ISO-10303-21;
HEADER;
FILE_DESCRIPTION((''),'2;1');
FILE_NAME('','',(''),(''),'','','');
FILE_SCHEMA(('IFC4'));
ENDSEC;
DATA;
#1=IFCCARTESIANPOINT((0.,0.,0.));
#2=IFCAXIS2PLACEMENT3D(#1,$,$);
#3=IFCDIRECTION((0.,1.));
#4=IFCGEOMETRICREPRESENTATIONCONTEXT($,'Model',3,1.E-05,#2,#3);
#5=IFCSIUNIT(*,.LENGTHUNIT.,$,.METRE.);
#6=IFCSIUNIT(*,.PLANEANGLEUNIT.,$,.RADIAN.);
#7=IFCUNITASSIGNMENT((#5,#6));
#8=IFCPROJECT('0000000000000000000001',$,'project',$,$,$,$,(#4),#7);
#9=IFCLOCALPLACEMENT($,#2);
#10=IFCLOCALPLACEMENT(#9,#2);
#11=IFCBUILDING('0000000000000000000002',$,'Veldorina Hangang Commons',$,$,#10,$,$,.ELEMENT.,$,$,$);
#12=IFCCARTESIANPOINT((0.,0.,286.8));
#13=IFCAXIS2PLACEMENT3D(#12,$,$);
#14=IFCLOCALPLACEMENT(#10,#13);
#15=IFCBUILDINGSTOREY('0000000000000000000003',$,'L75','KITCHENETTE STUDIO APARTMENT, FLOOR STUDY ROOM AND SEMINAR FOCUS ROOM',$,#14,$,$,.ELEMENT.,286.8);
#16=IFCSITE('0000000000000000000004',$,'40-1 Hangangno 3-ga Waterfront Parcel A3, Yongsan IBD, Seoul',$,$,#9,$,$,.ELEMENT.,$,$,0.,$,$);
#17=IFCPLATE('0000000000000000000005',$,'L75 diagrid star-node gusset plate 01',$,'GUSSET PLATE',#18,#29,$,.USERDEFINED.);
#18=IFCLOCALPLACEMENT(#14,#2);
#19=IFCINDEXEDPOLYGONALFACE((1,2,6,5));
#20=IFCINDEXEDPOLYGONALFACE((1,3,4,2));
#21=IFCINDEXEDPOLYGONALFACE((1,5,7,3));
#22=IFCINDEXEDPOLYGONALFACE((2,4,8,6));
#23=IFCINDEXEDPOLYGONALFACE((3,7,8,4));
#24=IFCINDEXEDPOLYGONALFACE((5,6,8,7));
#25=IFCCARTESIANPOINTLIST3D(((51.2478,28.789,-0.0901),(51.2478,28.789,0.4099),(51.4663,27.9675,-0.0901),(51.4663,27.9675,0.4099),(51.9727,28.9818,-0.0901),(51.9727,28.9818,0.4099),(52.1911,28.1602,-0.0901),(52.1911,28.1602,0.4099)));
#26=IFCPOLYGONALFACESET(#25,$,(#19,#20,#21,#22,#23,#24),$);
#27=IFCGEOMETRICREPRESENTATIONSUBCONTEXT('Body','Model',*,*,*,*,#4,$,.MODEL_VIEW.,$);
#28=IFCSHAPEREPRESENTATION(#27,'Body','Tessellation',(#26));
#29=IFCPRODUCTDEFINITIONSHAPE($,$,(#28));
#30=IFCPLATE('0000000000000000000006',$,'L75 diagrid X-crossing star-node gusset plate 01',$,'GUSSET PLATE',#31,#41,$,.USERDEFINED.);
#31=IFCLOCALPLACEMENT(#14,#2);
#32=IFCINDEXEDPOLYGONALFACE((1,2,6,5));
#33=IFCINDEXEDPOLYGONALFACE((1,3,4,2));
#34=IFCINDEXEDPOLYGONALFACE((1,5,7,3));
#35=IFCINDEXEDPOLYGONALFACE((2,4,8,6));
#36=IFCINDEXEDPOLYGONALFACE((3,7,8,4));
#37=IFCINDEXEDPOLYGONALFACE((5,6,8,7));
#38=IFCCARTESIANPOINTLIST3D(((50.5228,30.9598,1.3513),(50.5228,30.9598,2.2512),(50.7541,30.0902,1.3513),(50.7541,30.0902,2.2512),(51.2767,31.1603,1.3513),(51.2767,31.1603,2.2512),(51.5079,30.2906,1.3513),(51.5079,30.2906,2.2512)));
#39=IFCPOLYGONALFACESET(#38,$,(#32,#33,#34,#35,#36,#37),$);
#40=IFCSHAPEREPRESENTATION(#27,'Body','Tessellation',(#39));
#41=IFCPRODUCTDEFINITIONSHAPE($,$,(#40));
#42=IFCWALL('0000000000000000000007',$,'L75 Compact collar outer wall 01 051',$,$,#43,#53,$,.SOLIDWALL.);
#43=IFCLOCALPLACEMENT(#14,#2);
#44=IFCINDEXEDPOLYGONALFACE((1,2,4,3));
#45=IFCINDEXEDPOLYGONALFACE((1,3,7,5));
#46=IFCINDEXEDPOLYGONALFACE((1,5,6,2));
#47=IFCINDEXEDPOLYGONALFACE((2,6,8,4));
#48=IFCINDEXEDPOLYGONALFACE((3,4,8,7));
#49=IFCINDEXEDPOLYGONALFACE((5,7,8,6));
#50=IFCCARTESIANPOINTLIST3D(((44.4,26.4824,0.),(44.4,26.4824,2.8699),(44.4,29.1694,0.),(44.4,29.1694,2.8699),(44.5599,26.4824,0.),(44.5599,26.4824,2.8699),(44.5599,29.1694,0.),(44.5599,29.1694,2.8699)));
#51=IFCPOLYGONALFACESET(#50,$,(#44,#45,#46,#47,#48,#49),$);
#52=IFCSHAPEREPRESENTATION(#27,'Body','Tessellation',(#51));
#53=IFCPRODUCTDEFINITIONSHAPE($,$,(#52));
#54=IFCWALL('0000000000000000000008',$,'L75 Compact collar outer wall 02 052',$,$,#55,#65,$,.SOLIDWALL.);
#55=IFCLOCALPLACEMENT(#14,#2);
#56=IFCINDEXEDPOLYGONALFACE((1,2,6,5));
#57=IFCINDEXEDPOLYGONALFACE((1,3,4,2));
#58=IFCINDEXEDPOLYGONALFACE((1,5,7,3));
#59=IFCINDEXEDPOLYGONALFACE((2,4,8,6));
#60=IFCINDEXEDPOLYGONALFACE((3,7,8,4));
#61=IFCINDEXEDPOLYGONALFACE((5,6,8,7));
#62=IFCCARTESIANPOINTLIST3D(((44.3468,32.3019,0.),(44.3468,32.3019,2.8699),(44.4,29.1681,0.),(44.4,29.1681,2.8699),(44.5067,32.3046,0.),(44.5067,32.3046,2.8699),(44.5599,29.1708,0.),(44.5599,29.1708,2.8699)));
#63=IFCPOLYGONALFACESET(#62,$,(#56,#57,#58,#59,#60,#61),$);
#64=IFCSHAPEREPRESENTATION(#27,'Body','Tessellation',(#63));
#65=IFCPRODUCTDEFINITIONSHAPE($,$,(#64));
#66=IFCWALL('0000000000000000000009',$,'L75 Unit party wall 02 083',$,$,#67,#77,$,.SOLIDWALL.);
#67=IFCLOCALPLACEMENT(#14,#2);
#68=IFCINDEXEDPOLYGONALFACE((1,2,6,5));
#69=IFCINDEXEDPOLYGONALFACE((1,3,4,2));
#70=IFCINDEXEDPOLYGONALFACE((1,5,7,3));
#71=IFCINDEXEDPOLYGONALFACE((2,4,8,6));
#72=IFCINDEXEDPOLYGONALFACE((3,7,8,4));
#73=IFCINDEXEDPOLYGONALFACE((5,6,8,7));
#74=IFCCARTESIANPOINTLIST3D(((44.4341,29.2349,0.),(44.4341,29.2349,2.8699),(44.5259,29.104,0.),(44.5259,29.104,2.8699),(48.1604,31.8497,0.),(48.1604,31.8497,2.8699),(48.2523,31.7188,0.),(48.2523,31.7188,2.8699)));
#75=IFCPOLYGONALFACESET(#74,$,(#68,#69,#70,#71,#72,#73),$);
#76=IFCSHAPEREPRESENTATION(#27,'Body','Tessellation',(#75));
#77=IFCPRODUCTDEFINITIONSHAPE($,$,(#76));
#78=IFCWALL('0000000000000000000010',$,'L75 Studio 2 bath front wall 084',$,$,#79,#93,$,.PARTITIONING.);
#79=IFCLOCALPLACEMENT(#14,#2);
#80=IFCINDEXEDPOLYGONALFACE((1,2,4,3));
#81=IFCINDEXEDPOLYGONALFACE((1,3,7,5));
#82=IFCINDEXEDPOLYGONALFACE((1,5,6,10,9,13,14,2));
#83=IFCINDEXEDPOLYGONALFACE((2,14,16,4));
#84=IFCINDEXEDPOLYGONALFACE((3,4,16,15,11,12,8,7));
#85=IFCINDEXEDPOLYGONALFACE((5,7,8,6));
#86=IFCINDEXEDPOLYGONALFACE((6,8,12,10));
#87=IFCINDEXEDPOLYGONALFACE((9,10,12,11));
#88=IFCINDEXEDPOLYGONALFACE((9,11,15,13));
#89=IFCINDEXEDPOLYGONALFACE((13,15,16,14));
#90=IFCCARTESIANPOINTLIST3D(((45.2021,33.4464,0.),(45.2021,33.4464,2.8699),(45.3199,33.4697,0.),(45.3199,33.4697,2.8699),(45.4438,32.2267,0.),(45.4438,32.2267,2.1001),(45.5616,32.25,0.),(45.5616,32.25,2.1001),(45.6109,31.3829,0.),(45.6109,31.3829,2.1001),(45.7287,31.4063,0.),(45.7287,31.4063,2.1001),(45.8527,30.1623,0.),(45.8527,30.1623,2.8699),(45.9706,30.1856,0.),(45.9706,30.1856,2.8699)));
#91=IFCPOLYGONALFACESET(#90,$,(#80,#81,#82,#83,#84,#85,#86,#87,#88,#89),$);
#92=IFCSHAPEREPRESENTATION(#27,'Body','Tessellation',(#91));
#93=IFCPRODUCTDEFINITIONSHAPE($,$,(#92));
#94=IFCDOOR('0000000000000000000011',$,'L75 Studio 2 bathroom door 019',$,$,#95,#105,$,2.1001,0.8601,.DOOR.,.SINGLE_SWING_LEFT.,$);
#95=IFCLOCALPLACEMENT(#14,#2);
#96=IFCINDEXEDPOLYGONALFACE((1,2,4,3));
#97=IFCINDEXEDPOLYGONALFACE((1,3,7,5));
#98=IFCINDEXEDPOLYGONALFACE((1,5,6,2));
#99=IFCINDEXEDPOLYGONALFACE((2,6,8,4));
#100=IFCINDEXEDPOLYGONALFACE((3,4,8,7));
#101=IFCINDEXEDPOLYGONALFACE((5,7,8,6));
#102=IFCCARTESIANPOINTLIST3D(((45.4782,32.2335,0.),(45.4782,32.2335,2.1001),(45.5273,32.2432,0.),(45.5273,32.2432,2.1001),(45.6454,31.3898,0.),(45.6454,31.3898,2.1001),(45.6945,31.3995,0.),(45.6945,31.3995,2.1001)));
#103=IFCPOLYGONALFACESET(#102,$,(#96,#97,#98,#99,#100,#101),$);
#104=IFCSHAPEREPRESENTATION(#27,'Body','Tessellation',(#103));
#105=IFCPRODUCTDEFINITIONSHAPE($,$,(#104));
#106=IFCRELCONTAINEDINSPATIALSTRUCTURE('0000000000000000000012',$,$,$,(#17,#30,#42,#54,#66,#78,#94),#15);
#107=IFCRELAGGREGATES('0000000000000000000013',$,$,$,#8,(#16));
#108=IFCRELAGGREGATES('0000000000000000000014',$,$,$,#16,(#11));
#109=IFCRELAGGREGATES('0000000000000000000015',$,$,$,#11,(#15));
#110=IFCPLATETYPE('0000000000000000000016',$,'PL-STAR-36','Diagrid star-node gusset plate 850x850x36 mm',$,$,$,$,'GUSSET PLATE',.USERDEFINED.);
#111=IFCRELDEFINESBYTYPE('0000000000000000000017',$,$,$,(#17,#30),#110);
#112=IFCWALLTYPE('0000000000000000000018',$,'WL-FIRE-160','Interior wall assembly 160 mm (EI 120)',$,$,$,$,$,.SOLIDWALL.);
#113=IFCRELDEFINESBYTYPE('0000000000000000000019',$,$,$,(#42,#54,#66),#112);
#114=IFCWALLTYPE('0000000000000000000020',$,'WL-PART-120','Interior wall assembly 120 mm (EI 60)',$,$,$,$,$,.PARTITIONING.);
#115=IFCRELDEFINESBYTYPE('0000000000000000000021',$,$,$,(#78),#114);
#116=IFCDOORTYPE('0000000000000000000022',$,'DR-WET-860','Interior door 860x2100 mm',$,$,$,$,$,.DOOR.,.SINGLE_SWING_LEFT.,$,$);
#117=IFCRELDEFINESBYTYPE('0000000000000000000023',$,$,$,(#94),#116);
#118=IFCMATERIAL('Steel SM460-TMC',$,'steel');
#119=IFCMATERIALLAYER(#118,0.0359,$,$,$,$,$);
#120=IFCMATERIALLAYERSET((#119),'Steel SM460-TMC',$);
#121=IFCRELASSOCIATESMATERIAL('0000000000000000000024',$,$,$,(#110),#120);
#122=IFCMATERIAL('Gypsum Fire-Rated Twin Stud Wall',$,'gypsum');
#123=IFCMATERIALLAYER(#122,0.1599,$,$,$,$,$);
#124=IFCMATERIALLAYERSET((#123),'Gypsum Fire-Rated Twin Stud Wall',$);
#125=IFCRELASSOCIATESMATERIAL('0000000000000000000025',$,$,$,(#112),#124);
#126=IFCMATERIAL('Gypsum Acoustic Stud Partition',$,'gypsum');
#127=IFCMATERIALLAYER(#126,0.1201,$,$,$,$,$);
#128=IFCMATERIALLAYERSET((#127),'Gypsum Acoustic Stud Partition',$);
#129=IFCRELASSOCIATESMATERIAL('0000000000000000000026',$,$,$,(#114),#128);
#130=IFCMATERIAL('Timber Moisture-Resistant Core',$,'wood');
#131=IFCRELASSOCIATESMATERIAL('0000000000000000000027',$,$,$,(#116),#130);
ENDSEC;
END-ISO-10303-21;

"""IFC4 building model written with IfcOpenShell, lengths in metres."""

from ifc_helpers import new_model, si_unit, direction, frame, frame_2d, origin, origin_2d, place, context, subcontext, project, spatial, rectangle, extrude, material, layer, layer_set, type_object, element, fill, save


model = new_model("IFC4")

# Units and contexts
model_context = context("Model", 3, precision=1e-05, world=origin(), true_north=direction((0.0, 1.0)))
body_context = subcontext(model_context, "Body", "Model", "MODEL_VIEW")
ifc_project = project(units=[si_unit("LENGTHUNIT", "METRE"), si_unit("PLANEANGLEUNIT", "RADIAN")], contexts=[model_context])

# Site, building, storey
site_placement = place(None, origin())
site = spatial("IfcSite", under=ifc_project, at=site_placement, Name="40-1 Hangangno 3-ga Waterfront Parcel A3, Yongsan IBD, Seoul", CompositionType="ELEMENT", RefElevation=0.0)
building_placement = place(site_placement, origin())
building = spatial("IfcBuilding", under=site, at=building_placement, Name="Veldorina Hangang Commons", CompositionType="ELEMENT")
storey_placement = place(building_placement, frame((0.0, 0.0, 286.8)))
storey = spatial("IfcBuildingStorey", under=building, at=storey_placement, Name="L75", Description="KITCHENETTE STUDIO APARTMENT, FLOOR STUDY ROOM AND SEMINAR FOCUS ROOM", CompositionType="ELEMENT", Elevation=286.8)

# Plates
ifc_material_1 = material(Name="Steel SM460-TMC", Category="steel")
ifc_layer_1 = layer(ifc_material_1, 0.0359)
ifc_layer_set_1 = layer_set([ifc_layer_1], Name="Steel SM460-TMC")
plate_type_1 = type_object("IfcPlateType", Name="PL-STAR-36", Description="Diagrid star-node gusset plate 850x850x36 mm", ElementType="GUSSET PLATE", PredefinedType="USERDEFINED", material=ifc_layer_set_1)
for number, where, z_axis, x_axis, name in (
    (1, (51.7195, 28.4746, -0.0901), (0.0, 0.0, 1.0), (-0.256998, 0.966412, 0.0), "L75 diagrid star-node gusset plate 01"),
):
    element("IfcPlate", number, at=place(storey_placement, frame(where, z_axis=z_axis, x_axis=x_axis)), inside=storey, type_object=plate_type_1, Name=name, ObjectType="GUSSET PLATE", PredefinedType="USERDEFINED", context=body_context, shape_type="SweptSolid", body=[
        extrude(rectangle(XDim=0.8501, YDim=0.75, at=origin_2d()), origin(), (0.0, 0.0, 1.0), 0.5),
    ])
plate_1_placement = place(storey_placement, frame((51.0154, 30.6252, 1.3513), z_axis=(0.0, 0.0, 1.0), x_axis=(-0.256998, 0.966412, 0.0)))
element("IfcPlate", 2, at=plate_1_placement, inside=storey, type_object=plate_type_1, Name="L75 diagrid X-crossing star-node gusset plate 01", ObjectType="GUSSET PLATE", PredefinedType="USERDEFINED", context=body_context, shape_type="SweptSolid", body=[
    extrude(rectangle(XDim=0.8999, YDim=0.78, at=origin_2d()), origin(), (0.0, 0.0, 1.0), 0.8999),
])

# Walls
ifc_material_2 = material(Name="Gypsum Fire-Rated Twin Stud Wall", Category="gypsum")
ifc_layer_2 = layer(ifc_material_2, 0.1599)
ifc_layer_set_2 = layer_set([ifc_layer_2], Name="Gypsum Fire-Rated Twin Stud Wall")
wall_type_1 = type_object("IfcWallType", Name="WL-FIRE-160", Description="Interior wall assembly 160 mm (EI 120)", PredefinedType="SOLIDWALL", material=ifc_layer_set_2)
wall_1_placement = place(storey_placement, frame((44.48, 26.4824, 0.0), z_axis=(0.0, 0.0, 1.0), x_axis=(0.0, 1.0, 0.0)))
element("IfcWall", 3, at=wall_1_placement, inside=storey, type_object=wall_type_1, Name="L75 Compact collar outer wall 01 051", PredefinedType="SOLIDWALL", context=body_context, shape_type="SweptSolid", body=[
    extrude(rectangle(XDim=2.687, YDim=0.1599, at=frame_2d((1.3435, 0.0))), origin(), (0.0, 0.0, 1.0), 2.8699),
])
wall_2_placement = place(storey_placement, frame((44.48, 29.1694, 0.0), z_axis=(0.0, 0.0, 1.0), x_axis=(-0.016981, 0.999856, 0.0)))
element("IfcWall", 4, at=wall_2_placement, inside=storey, type_object=wall_type_1, Name="L75 Compact collar outer wall 02 052", PredefinedType="SOLIDWALL", context=body_context, shape_type="SweptSolid", body=[
    extrude(rectangle(XDim=3.1343, YDim=0.1599, at=frame_2d((1.5671, 0.0))), origin(), (0.0, 0.0, 1.0), 2.8699),
])
wall_3_placement = place(storey_placement, frame((44.48, 29.1694, 0.0), z_axis=(0.0, 0.0, 1.0), x_axis=(0.818579, 0.574394, 0.0)))
element("IfcWall", 5, at=wall_3_placement, inside=storey, type_object=wall_type_1, Name="L75 Unit party wall 02 083", PredefinedType="SOLIDWALL", context=body_context, shape_type="SweptSolid", body=[
    extrude(rectangle(XDim=4.5522, YDim=0.1599, at=frame_2d((2.2761, 0.0))), origin(), (0.0, 0.0, 1.0), 2.8699),
])

# Wall, opening, door
ifc_material_3 = material(Name="Gypsum Acoustic Stud Partition", Category="gypsum")
ifc_layer_3 = layer(ifc_material_3, 0.1201)
ifc_layer_set_3 = layer_set([ifc_layer_3], Name="Gypsum Acoustic Stud Partition")
wall_type_2 = type_object("IfcWallType", Name="WL-PART-120", Description="Interior wall assembly 120 mm (EI 60)", PredefinedType="PARTITIONING", material=ifc_layer_set_3)
wall_4_placement = place(storey_placement, frame((45.9116, 30.1741, 0.0), z_axis=(0.0, 0.0, 1.0), x_axis=(-0.194335, 0.980935, 0.0)))
wall_4 = element("IfcWall", 6, at=wall_4_placement, inside=storey, type_object=wall_type_2, Name="L75 Studio 2 bath front wall 084", PredefinedType="PARTITIONING", context=body_context, shape_type="SweptSolid", body=[
    extrude(rectangle(XDim=3.3479, YDim=0.1201, at=frame_2d((1.6738, 0.0))), origin(), (0.0, 0.0, 1.0), 2.8699),
])
opening_placement = place(wall_4_placement, frame((1.2441, 0.0, 0.0)))
opening = element("IfcOpeningElement", 7, at=opening_placement, cuts=wall_4, PredefinedType="OPENING", context=body_context, shape_type="SweptSolid", body=[
    extrude(rectangle(XDim=0.8601, YDim=2.1001, at=frame_2d((0.4302, 1.05))), frame((0.0, 0.0701, 0.0), z_axis=(0.0, -1.0, 0.0), x_axis=(1.0, 0.0, 0.0)), (0.0, 0.0, 1.0), 0.1401),
])
ifc_material_4 = material(Name="Timber Moisture-Resistant Core", Category="wood")
door_type = type_object("IfcDoorType", Name="DR-WET-860", Description="Interior door 860x2100 mm", OperationType="SINGLE_SWING_LEFT", PredefinedType="DOOR", material=ifc_material_4)
door_placement = place(opening_placement, origin())
door = element("IfcDoor", 8, at=door_placement, inside=storey, type_object=door_type, Name="L75 Studio 2 bathroom door 019", OperationType="SINGLE_SWING_LEFT", OverallHeight=2.1001, OverallWidth=0.8601, PredefinedType="DOOR", context=body_context, shape_type="SweptSolid", body=[
    extrude(rectangle(XDim=0.8601, YDim=2.1001, at=frame_2d((0.4302, 1.05))), frame((0.0, 0.0249, 0.0), z_axis=(0.0, -1.0, 0.0), x_axis=(1.0, 0.0, 0.0)), (0.0, 0.0, 1.0), 0.05),
])
fill(opening, door)

save(model, "model.ifc")
